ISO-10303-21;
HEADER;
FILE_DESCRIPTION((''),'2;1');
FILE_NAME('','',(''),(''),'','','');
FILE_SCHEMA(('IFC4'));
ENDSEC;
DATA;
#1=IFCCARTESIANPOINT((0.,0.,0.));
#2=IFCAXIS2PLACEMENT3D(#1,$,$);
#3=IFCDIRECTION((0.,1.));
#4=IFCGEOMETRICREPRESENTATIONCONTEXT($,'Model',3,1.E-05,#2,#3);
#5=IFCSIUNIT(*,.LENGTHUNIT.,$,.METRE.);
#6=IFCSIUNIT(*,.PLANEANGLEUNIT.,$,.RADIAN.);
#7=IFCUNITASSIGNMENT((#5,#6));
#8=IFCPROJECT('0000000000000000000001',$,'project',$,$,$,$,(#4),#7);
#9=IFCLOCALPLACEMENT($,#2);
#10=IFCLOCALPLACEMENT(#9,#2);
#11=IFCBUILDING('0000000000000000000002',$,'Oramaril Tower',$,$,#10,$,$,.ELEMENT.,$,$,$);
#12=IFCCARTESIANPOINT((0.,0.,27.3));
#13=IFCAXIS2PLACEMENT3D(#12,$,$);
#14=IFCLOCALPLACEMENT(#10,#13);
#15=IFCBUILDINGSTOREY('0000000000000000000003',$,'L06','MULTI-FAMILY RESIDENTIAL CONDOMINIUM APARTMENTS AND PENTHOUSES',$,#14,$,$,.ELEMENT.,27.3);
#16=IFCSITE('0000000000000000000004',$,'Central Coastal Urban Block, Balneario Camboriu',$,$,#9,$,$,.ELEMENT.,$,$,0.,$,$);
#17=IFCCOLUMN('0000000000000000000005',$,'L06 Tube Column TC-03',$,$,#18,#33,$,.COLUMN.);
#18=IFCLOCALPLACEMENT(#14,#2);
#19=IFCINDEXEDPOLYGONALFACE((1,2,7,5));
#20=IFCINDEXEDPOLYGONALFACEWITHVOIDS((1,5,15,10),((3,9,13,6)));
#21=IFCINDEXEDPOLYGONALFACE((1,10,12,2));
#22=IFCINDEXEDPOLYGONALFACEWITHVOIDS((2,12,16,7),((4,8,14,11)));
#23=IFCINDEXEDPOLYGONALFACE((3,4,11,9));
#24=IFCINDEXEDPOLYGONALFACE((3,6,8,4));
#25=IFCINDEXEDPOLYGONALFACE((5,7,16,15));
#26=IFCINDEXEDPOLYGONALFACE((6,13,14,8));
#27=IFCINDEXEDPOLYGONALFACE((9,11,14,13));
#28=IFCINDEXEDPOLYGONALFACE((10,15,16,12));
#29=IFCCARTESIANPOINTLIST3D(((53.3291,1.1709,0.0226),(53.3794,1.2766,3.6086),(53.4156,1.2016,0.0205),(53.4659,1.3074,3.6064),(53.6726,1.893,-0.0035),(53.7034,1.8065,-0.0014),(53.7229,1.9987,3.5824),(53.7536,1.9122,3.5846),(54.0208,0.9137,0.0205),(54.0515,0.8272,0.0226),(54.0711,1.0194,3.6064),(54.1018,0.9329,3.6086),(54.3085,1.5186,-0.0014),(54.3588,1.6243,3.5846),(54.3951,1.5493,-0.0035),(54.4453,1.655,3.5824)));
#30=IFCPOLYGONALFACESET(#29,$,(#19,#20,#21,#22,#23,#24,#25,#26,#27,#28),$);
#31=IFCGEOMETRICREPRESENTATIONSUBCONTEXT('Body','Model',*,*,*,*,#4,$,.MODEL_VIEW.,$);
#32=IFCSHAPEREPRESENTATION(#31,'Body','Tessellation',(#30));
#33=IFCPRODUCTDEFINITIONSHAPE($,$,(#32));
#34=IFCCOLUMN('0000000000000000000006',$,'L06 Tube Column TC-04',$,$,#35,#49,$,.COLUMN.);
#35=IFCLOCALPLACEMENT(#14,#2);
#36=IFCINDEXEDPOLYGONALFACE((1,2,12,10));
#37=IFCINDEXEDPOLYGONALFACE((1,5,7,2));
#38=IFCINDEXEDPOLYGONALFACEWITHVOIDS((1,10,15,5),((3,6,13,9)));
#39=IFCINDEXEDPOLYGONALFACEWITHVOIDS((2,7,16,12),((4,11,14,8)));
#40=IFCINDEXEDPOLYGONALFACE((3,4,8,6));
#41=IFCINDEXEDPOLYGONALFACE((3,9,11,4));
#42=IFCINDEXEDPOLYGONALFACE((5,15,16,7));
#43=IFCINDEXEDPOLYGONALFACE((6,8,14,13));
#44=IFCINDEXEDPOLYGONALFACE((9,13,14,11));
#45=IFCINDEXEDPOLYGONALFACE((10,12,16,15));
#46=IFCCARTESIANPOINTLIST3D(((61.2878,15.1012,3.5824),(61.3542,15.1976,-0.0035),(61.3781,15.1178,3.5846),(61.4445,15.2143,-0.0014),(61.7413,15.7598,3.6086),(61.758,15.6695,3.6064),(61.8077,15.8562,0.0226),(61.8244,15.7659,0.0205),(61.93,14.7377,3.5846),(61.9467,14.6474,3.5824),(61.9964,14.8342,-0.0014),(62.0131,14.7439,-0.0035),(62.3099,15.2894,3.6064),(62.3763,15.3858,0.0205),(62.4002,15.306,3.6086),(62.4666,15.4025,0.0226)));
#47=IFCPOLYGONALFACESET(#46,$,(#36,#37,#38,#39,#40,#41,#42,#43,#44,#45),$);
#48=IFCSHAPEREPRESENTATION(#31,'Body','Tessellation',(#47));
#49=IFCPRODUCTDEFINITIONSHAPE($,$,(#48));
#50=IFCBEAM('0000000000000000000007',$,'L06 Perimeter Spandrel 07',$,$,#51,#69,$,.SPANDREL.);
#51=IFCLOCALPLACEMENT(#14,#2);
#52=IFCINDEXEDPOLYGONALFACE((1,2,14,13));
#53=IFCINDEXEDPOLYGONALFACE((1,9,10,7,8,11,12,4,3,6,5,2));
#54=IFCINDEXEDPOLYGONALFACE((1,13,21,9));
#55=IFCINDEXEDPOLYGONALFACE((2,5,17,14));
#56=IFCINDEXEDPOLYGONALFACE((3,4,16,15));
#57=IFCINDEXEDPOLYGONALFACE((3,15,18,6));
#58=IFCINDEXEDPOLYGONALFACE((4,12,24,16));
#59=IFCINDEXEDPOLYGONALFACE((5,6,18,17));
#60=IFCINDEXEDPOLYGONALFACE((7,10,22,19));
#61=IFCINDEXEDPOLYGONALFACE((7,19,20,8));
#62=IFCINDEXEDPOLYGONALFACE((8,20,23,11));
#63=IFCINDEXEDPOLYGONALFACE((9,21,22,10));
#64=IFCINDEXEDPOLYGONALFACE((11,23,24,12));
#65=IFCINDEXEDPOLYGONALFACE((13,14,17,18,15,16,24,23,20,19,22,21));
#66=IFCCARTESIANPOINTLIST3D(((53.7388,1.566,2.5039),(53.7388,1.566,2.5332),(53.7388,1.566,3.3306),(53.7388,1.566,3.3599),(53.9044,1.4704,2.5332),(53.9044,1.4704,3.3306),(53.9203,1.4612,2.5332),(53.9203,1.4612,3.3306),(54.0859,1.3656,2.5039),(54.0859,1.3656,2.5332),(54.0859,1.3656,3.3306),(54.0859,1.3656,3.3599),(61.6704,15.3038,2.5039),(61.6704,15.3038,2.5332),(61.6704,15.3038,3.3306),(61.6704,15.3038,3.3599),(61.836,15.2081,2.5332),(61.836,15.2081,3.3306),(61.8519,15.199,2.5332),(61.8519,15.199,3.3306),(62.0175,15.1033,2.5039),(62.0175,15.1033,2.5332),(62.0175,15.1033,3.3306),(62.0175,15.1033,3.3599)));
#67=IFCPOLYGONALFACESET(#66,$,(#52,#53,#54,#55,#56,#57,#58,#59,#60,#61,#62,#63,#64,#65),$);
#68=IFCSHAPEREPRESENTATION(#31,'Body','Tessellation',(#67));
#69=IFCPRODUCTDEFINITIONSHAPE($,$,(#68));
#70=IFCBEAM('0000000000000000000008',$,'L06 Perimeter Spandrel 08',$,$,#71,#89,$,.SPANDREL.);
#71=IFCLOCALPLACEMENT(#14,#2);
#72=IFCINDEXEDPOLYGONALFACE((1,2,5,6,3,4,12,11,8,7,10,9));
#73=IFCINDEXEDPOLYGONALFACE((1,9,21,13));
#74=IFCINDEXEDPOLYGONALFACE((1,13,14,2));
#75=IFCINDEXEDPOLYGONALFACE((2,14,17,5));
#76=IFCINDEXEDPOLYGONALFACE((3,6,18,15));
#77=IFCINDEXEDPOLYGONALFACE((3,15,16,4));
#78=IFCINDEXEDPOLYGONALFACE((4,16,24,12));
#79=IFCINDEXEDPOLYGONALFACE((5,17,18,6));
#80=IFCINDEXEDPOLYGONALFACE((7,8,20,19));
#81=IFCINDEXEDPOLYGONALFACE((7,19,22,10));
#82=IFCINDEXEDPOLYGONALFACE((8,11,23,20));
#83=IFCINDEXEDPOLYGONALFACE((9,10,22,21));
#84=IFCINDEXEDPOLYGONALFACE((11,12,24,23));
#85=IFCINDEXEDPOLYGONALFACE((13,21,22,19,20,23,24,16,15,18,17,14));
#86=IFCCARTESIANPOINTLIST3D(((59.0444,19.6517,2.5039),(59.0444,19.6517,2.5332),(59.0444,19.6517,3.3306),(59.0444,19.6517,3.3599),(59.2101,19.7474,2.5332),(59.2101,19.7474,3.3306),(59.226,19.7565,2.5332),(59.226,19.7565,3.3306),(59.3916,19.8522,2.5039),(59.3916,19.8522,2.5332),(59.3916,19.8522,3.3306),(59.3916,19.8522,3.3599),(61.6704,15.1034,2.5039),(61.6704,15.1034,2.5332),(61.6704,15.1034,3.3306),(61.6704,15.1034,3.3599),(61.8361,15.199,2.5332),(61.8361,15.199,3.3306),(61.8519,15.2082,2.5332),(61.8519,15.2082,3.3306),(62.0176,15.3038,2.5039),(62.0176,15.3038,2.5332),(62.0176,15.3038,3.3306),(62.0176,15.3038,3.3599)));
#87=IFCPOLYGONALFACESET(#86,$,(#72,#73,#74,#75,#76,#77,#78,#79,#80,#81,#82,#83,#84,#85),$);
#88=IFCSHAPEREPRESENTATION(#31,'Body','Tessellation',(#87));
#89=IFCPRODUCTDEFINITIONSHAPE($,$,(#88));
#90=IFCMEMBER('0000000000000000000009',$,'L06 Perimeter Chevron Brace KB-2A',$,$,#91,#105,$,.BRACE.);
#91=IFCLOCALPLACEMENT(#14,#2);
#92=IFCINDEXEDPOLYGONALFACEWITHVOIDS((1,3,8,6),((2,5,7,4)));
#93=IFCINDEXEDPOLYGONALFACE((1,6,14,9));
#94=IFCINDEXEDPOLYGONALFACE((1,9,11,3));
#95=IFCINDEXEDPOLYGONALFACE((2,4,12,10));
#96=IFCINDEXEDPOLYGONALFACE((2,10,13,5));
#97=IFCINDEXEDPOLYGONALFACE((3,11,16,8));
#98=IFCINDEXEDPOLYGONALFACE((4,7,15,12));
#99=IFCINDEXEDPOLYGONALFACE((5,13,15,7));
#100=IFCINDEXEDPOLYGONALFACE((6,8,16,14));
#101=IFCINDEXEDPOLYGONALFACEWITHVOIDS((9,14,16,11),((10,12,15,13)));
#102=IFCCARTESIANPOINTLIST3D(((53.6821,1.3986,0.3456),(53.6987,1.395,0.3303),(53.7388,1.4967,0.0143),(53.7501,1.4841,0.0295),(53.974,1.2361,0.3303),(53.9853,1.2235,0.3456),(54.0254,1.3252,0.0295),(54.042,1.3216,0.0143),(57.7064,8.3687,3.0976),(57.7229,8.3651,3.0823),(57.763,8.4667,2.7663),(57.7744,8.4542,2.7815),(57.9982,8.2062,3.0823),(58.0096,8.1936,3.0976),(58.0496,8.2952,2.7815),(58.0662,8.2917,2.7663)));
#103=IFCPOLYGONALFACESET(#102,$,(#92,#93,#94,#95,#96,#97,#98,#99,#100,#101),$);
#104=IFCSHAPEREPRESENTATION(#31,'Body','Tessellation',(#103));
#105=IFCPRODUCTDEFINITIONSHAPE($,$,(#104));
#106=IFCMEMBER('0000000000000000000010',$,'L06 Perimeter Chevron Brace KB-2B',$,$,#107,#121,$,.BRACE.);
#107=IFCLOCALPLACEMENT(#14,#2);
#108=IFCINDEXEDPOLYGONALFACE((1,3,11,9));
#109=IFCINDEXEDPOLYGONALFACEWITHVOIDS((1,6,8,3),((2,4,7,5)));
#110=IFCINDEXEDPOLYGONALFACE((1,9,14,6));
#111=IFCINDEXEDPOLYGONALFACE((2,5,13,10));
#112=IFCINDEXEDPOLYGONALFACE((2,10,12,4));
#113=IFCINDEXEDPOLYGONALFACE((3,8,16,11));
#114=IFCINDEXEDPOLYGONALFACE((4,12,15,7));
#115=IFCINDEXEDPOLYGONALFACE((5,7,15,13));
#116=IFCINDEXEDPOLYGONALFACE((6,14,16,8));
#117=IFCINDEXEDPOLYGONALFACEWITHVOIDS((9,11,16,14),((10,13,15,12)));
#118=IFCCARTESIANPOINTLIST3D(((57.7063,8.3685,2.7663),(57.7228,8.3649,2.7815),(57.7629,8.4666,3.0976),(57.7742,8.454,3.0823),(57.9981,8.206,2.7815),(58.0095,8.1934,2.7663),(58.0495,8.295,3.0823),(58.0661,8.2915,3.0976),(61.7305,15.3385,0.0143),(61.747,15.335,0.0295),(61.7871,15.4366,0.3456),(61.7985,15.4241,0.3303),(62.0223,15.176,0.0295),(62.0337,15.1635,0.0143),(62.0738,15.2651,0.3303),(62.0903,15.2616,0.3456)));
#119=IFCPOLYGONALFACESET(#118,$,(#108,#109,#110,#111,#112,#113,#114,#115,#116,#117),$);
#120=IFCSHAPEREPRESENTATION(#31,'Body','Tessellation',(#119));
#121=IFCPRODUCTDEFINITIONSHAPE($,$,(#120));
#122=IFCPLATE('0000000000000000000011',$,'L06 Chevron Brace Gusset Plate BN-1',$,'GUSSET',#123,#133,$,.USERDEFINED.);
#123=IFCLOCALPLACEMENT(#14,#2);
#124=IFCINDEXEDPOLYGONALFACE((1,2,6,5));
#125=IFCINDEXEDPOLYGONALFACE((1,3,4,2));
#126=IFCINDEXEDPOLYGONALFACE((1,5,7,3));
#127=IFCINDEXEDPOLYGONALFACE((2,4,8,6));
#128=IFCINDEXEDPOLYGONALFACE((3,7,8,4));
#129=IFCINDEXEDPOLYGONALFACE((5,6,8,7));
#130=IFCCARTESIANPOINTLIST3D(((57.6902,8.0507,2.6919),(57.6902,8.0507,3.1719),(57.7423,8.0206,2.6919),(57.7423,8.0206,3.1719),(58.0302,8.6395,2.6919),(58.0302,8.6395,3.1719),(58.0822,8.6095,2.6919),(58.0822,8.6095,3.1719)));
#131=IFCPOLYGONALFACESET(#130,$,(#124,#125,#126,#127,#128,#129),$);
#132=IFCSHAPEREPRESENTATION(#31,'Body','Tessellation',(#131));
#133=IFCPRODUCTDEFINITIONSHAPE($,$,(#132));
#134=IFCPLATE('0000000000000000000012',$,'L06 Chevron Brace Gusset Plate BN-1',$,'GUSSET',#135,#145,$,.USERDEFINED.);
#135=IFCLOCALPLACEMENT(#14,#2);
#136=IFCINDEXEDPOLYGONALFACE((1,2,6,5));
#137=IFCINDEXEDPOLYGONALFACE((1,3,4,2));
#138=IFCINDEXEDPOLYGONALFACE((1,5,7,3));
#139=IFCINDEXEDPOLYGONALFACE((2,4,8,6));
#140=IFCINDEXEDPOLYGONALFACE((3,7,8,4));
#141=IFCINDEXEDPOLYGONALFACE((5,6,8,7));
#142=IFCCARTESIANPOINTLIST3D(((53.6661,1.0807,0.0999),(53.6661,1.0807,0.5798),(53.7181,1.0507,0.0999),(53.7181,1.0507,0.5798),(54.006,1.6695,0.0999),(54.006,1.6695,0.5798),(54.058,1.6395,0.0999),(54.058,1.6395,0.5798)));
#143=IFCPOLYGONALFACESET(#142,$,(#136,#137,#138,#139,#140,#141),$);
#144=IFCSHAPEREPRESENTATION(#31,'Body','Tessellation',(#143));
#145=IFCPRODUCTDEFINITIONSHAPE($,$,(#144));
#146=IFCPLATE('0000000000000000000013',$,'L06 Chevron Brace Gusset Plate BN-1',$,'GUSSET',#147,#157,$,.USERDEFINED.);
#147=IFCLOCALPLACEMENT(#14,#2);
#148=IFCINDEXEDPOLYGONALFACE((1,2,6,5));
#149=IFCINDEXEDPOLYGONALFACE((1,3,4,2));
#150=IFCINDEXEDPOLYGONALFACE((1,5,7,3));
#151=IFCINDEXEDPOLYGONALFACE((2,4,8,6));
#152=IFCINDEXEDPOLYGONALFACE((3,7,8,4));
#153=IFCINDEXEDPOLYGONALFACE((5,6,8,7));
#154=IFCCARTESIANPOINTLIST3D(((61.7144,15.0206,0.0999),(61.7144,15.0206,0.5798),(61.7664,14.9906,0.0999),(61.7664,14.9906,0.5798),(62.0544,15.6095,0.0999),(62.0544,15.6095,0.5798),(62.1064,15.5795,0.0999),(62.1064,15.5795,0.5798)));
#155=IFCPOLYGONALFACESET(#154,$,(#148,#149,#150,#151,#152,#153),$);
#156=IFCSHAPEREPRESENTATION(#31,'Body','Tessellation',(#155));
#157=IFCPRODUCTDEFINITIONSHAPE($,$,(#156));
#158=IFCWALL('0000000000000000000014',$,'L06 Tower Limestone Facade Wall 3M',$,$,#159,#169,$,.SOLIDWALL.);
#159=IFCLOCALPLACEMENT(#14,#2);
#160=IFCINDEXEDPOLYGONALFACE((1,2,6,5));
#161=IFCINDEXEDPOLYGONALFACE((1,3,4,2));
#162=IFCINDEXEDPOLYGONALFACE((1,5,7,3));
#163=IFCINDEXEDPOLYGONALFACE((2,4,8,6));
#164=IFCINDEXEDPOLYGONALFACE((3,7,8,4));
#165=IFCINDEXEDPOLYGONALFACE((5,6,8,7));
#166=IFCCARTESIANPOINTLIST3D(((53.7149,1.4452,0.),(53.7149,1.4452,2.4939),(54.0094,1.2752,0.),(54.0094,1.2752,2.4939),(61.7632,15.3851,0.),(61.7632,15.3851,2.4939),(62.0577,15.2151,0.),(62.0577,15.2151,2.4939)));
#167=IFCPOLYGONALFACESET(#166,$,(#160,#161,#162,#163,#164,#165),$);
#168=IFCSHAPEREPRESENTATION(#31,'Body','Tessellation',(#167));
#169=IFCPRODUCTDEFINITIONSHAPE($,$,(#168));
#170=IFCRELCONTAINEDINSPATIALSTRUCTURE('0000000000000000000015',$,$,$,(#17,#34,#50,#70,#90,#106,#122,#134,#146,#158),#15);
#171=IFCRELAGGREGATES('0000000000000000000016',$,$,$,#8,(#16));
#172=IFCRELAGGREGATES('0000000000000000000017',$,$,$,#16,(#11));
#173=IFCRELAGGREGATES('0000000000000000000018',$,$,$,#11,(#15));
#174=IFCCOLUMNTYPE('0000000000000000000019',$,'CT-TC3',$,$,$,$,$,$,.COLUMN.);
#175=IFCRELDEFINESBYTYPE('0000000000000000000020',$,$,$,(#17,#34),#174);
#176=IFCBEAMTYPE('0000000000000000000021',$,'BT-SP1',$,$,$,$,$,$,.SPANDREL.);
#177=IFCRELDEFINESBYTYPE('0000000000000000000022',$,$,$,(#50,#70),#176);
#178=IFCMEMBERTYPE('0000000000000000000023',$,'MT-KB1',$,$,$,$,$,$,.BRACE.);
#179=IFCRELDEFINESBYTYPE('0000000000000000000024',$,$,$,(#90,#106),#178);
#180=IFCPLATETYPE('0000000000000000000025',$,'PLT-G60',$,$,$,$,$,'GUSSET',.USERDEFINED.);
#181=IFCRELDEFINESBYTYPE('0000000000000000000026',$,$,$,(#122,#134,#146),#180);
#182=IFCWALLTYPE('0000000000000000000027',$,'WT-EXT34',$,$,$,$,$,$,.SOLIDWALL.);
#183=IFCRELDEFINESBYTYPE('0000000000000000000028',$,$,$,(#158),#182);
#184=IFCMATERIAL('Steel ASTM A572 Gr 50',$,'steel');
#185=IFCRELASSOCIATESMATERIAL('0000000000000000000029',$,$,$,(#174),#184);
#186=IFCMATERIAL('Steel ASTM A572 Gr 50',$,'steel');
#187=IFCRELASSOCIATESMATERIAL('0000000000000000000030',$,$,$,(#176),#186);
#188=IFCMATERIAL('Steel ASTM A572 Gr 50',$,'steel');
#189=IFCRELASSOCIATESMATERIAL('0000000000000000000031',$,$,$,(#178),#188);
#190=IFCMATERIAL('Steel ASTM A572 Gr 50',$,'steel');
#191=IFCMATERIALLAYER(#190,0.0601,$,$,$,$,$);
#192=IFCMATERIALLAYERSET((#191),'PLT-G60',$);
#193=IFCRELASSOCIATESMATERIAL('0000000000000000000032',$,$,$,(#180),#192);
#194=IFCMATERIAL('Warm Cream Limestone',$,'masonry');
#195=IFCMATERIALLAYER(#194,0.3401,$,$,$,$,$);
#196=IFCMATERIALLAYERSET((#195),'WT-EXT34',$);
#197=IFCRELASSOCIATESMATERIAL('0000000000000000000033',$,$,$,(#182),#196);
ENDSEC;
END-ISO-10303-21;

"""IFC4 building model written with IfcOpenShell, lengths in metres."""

from ifc_helpers import new_model, si_unit, direction, frame, frame_2d, origin, origin_2d, place, context, subcontext, project, spatial, rectangle, hollow_rectangle, i_section, extrude, material, layer, layer_set, material_profile, profile_set, type_object, element, save


model = new_model("IFC4")

# Units and contexts
model_context = context("Model", 3, precision=1e-05, world=origin(), true_north=direction((0.0, 1.0)))
body_context = subcontext(model_context, "Body", "Model", "MODEL_VIEW")
ifc_project = project(units=[si_unit("LENGTHUNIT", "METRE"), si_unit("PLANEANGLEUNIT", "RADIAN")], contexts=[model_context])

# Site, building, storey
site_placement = place(None, origin())
site = spatial("IfcSite", under=ifc_project, at=site_placement, Name="Central Coastal Urban Block, Balneario Camboriu", CompositionType="ELEMENT", RefElevation=0.0)
building_placement = place(site_placement, origin())
building = spatial("IfcBuilding", under=site, at=building_placement, Name="Oramaril Tower", CompositionType="ELEMENT")
storey_placement = place(building_placement, frame((0.0, 0.0, 27.3)))
storey = spatial("IfcBuildingStorey", under=building, at=storey_placement, Name="L06", Description="MULTI-FAMILY RESIDENTIAL CONDOMINIUM APARTMENTS AND PENTHOUSES", CompositionType="ELEMENT", Elevation=27.3)

# Columns
ifc_material_1 = material(Name="Steel ASTM A572 Gr 50", Category="steel")
ifc_material_profile_1 = material_profile(ifc_material_1, hollow_rectangle(XDim=0.8, YDim=0.8, WallThickness=0.0649, at=origin_2d()), Name="BOX800X800X65")
ifc_profile_set_1 = profile_set([ifc_material_profile_1], Name="Steel ASTM A572 Gr 50")
column_type = type_object("IfcColumnType", Name="CT-TC3", PredefinedType="COLUMN", material=ifc_profile_set_1)
for number, where, z_axis, x_axis, name in (
    (1, (53.8621, 1.3601, 0.0095), (0.014018, 0.029464, 0.999468), (-0.903015, 0.42961, 0.0), "L06 Tube Column TC-03"),
    (2, (61.9104, 15.3, 0.0095), (-0.018509, -0.026878, 0.999467), (0.823616, -0.567148, 0.0), "L06 Tube Column TC-04"),
):
    element("IfcColumn", number, at=place(storey_placement, frame(where, z_axis=z_axis, x_axis=x_axis)), inside=storey, type_object=column_type, Name=name, PredefinedType="COLUMN", context=body_context, shape_type="SweptSolid", body=[
        extrude(hollow_rectangle(XDim=0.8, YDim=0.8, WallThickness=0.0649, at=origin_2d()), origin(), (0.0, 0.0, 1.0), 3.5879),
    ])

# Beams
ifc_material_2 = material(Name="Steel ASTM A572 Gr 50", Category="steel")
ifc_material_profile_2 = material_profile(ifc_material_2, i_section(OverallWidth=0.4009, OverallDepth=0.856, WebThickness=0.0183, FlangeThickness=0.0293, at=origin_2d()), Name="W33X201")
ifc_profile_set_2 = profile_set([ifc_material_profile_2], Name="Steel ASTM A572 Gr 50")
beam_type = type_object("IfcBeamType", Name="BT-SP1", PredefinedType="SPANDREL", material=ifc_profile_set_2)
beam_1_placement = place(storey_placement, frame((53.9124, 1.4658, 2.9319), z_axis=(0.500006, 0.866022, 0.0), x_axis=(-0.866022, 0.500006, 0.0)))
element("IfcBeam", 3, at=beam_1_placement, inside=storey, type_object=beam_type, Name="L06 Perimeter Spandrel 07", PredefinedType="SPANDREL", context=body_context, shape_type="SweptSolid", body=[
    extrude(i_section(OverallWidth=0.4009, OverallDepth=0.856, WebThickness=0.0183, FlangeThickness=0.0293, at=origin_2d()), origin(), (0.0, 0.0, 1.0), 15.863),
])
beam_2_placement = place(storey_placement, frame((61.844, 15.2036, 2.9319), z_axis=(-0.499999, 0.866026, 0.0), x_axis=(-0.866026, -0.499999, 0.0)))
element("IfcBeam", 4, at=beam_2_placement, inside=storey, type_object=beam_type, Name="L06 Perimeter Spandrel 08", PredefinedType="SPANDREL", context=body_context, shape_type="SweptSolid", body=[
    extrude(i_section(OverallWidth=0.4009, OverallDepth=0.856, WebThickness=0.0183, FlangeThickness=0.0293, at=origin_2d()), origin(), (0.0, 0.0, 1.0), 5.252),
])

# Members
ifc_material_3 = material(Name="Steel ASTM A572 Gr 50", Category="steel")
ifc_material_profile_3 = material_profile(ifc_material_3, hollow_rectangle(XDim=0.3501, YDim=0.3501, WallThickness=0.0161, at=origin_2d()), Name="HSS350X350X16")
ifc_profile_set_3 = profile_set([ifc_material_profile_3], Name="Steel ASTM A572 Gr 50")
member_type = type_object("IfcMemberType", Name="MT-KB1", PredefinedType="BRACE", material=ifc_profile_set_3)
for number, where, z_axis, x_axis, name in (
    (5, (53.8621, 1.3601, 0.1799), (0.473112, 0.819443, 0.323541), (-0.866022, 0.500005, 0.0), "L06 Perimeter Chevron Brace KB-2A"),
    (6, (61.9104, 15.3, 0.1799), (-0.473112, -0.819443, 0.323541), (0.866022, -0.500005, 0.0), "L06 Perimeter Chevron Brace KB-2B"),
):
    element("IfcMember", number, at=place(storey_placement, frame(where, z_axis=z_axis, x_axis=x_axis)), inside=storey, type_object=member_type, Name=name, PredefinedType="BRACE", context=body_context, shape_type="SweptSolid", body=[
        extrude(hollow_rectangle(XDim=0.3501, YDim=0.3501, WallThickness=0.0161, at=origin_2d()), origin(), (0.0, 0.0, 1.0), 8.5059),
    ])

# Plates
ifc_material_4 = material(Name="Steel ASTM A572 Gr 50", Category="steel")
ifc_layer_1 = layer(ifc_material_4, 0.0601)
ifc_layer_set_1 = layer_set([ifc_layer_1], Name="PLT-G60")
plate_type = type_object("IfcPlateType", Name="PLT-G60", ElementType="GUSSET", PredefinedType="USERDEFINED", material=ifc_layer_set_1)
for number, where, z_axis, x_axis, name in (
    (7, (57.8862, 8.3301, 2.6919), (0.0, 0.0, 1.0), (0.499997, 0.866027, 0.0), "L06 Chevron Brace Gusset Plate BN-1"),
    (8, (53.8621, 1.3601, 0.0999), (0.0, 0.0, 1.0), (0.499997, 0.866027, 0.0), "L06 Chevron Brace Gusset Plate BN-1"),
    (9, (61.9104, 15.3, 0.0999), (0.0, 0.0, 1.0), (0.499997, 0.866027, 0.0), "L06 Chevron Brace Gusset Plate BN-1"),
):
    element("IfcPlate", number, at=place(storey_placement, frame(where, z_axis=z_axis, x_axis=x_axis)), inside=storey, type_object=plate_type, Name=name, ObjectType="GUSSET", PredefinedType="USERDEFINED", context=body_context, shape_type="SweptSolid", body=[
        extrude(rectangle(XDim=0.6799, YDim=0.0601, at=origin_2d()), origin(), (0.0, 0.0, 1.0), 0.48),
    ])

# Wall
ifc_material_5 = material(Name="Warm Cream Limestone", Category="masonry")
ifc_layer_2 = layer(ifc_material_5, 0.3401)
ifc_layer_set_2 = layer_set([ifc_layer_2], Name="WT-EXT34")
wall_type_1 = type_object("IfcWallType", Name="WT-EXT34", PredefinedType="SOLIDWALL", material=ifc_layer_set_2)
wall_1_placement = place(storey_placement, frame((53.8621, 1.3601, 0.0), z_axis=(0.0, 0.0, 1.0), x_axis=(0.500005, 0.866022, 0.0)))
element("IfcWall", 10, at=wall_1_placement, inside=storey, type_object=wall_type_1, Name="L06 Tower Limestone Facade Wall 3M", PredefinedType="SOLIDWALL", context=body_context, shape_type="SweptSolid", body=[
    extrude(rectangle(XDim=16.0964, YDim=0.3401, at=frame_2d((8.0483, 0.0))), origin(), (0.0, 0.0, 1.0), 2.4939),
])

save(model, "model.ifc")
